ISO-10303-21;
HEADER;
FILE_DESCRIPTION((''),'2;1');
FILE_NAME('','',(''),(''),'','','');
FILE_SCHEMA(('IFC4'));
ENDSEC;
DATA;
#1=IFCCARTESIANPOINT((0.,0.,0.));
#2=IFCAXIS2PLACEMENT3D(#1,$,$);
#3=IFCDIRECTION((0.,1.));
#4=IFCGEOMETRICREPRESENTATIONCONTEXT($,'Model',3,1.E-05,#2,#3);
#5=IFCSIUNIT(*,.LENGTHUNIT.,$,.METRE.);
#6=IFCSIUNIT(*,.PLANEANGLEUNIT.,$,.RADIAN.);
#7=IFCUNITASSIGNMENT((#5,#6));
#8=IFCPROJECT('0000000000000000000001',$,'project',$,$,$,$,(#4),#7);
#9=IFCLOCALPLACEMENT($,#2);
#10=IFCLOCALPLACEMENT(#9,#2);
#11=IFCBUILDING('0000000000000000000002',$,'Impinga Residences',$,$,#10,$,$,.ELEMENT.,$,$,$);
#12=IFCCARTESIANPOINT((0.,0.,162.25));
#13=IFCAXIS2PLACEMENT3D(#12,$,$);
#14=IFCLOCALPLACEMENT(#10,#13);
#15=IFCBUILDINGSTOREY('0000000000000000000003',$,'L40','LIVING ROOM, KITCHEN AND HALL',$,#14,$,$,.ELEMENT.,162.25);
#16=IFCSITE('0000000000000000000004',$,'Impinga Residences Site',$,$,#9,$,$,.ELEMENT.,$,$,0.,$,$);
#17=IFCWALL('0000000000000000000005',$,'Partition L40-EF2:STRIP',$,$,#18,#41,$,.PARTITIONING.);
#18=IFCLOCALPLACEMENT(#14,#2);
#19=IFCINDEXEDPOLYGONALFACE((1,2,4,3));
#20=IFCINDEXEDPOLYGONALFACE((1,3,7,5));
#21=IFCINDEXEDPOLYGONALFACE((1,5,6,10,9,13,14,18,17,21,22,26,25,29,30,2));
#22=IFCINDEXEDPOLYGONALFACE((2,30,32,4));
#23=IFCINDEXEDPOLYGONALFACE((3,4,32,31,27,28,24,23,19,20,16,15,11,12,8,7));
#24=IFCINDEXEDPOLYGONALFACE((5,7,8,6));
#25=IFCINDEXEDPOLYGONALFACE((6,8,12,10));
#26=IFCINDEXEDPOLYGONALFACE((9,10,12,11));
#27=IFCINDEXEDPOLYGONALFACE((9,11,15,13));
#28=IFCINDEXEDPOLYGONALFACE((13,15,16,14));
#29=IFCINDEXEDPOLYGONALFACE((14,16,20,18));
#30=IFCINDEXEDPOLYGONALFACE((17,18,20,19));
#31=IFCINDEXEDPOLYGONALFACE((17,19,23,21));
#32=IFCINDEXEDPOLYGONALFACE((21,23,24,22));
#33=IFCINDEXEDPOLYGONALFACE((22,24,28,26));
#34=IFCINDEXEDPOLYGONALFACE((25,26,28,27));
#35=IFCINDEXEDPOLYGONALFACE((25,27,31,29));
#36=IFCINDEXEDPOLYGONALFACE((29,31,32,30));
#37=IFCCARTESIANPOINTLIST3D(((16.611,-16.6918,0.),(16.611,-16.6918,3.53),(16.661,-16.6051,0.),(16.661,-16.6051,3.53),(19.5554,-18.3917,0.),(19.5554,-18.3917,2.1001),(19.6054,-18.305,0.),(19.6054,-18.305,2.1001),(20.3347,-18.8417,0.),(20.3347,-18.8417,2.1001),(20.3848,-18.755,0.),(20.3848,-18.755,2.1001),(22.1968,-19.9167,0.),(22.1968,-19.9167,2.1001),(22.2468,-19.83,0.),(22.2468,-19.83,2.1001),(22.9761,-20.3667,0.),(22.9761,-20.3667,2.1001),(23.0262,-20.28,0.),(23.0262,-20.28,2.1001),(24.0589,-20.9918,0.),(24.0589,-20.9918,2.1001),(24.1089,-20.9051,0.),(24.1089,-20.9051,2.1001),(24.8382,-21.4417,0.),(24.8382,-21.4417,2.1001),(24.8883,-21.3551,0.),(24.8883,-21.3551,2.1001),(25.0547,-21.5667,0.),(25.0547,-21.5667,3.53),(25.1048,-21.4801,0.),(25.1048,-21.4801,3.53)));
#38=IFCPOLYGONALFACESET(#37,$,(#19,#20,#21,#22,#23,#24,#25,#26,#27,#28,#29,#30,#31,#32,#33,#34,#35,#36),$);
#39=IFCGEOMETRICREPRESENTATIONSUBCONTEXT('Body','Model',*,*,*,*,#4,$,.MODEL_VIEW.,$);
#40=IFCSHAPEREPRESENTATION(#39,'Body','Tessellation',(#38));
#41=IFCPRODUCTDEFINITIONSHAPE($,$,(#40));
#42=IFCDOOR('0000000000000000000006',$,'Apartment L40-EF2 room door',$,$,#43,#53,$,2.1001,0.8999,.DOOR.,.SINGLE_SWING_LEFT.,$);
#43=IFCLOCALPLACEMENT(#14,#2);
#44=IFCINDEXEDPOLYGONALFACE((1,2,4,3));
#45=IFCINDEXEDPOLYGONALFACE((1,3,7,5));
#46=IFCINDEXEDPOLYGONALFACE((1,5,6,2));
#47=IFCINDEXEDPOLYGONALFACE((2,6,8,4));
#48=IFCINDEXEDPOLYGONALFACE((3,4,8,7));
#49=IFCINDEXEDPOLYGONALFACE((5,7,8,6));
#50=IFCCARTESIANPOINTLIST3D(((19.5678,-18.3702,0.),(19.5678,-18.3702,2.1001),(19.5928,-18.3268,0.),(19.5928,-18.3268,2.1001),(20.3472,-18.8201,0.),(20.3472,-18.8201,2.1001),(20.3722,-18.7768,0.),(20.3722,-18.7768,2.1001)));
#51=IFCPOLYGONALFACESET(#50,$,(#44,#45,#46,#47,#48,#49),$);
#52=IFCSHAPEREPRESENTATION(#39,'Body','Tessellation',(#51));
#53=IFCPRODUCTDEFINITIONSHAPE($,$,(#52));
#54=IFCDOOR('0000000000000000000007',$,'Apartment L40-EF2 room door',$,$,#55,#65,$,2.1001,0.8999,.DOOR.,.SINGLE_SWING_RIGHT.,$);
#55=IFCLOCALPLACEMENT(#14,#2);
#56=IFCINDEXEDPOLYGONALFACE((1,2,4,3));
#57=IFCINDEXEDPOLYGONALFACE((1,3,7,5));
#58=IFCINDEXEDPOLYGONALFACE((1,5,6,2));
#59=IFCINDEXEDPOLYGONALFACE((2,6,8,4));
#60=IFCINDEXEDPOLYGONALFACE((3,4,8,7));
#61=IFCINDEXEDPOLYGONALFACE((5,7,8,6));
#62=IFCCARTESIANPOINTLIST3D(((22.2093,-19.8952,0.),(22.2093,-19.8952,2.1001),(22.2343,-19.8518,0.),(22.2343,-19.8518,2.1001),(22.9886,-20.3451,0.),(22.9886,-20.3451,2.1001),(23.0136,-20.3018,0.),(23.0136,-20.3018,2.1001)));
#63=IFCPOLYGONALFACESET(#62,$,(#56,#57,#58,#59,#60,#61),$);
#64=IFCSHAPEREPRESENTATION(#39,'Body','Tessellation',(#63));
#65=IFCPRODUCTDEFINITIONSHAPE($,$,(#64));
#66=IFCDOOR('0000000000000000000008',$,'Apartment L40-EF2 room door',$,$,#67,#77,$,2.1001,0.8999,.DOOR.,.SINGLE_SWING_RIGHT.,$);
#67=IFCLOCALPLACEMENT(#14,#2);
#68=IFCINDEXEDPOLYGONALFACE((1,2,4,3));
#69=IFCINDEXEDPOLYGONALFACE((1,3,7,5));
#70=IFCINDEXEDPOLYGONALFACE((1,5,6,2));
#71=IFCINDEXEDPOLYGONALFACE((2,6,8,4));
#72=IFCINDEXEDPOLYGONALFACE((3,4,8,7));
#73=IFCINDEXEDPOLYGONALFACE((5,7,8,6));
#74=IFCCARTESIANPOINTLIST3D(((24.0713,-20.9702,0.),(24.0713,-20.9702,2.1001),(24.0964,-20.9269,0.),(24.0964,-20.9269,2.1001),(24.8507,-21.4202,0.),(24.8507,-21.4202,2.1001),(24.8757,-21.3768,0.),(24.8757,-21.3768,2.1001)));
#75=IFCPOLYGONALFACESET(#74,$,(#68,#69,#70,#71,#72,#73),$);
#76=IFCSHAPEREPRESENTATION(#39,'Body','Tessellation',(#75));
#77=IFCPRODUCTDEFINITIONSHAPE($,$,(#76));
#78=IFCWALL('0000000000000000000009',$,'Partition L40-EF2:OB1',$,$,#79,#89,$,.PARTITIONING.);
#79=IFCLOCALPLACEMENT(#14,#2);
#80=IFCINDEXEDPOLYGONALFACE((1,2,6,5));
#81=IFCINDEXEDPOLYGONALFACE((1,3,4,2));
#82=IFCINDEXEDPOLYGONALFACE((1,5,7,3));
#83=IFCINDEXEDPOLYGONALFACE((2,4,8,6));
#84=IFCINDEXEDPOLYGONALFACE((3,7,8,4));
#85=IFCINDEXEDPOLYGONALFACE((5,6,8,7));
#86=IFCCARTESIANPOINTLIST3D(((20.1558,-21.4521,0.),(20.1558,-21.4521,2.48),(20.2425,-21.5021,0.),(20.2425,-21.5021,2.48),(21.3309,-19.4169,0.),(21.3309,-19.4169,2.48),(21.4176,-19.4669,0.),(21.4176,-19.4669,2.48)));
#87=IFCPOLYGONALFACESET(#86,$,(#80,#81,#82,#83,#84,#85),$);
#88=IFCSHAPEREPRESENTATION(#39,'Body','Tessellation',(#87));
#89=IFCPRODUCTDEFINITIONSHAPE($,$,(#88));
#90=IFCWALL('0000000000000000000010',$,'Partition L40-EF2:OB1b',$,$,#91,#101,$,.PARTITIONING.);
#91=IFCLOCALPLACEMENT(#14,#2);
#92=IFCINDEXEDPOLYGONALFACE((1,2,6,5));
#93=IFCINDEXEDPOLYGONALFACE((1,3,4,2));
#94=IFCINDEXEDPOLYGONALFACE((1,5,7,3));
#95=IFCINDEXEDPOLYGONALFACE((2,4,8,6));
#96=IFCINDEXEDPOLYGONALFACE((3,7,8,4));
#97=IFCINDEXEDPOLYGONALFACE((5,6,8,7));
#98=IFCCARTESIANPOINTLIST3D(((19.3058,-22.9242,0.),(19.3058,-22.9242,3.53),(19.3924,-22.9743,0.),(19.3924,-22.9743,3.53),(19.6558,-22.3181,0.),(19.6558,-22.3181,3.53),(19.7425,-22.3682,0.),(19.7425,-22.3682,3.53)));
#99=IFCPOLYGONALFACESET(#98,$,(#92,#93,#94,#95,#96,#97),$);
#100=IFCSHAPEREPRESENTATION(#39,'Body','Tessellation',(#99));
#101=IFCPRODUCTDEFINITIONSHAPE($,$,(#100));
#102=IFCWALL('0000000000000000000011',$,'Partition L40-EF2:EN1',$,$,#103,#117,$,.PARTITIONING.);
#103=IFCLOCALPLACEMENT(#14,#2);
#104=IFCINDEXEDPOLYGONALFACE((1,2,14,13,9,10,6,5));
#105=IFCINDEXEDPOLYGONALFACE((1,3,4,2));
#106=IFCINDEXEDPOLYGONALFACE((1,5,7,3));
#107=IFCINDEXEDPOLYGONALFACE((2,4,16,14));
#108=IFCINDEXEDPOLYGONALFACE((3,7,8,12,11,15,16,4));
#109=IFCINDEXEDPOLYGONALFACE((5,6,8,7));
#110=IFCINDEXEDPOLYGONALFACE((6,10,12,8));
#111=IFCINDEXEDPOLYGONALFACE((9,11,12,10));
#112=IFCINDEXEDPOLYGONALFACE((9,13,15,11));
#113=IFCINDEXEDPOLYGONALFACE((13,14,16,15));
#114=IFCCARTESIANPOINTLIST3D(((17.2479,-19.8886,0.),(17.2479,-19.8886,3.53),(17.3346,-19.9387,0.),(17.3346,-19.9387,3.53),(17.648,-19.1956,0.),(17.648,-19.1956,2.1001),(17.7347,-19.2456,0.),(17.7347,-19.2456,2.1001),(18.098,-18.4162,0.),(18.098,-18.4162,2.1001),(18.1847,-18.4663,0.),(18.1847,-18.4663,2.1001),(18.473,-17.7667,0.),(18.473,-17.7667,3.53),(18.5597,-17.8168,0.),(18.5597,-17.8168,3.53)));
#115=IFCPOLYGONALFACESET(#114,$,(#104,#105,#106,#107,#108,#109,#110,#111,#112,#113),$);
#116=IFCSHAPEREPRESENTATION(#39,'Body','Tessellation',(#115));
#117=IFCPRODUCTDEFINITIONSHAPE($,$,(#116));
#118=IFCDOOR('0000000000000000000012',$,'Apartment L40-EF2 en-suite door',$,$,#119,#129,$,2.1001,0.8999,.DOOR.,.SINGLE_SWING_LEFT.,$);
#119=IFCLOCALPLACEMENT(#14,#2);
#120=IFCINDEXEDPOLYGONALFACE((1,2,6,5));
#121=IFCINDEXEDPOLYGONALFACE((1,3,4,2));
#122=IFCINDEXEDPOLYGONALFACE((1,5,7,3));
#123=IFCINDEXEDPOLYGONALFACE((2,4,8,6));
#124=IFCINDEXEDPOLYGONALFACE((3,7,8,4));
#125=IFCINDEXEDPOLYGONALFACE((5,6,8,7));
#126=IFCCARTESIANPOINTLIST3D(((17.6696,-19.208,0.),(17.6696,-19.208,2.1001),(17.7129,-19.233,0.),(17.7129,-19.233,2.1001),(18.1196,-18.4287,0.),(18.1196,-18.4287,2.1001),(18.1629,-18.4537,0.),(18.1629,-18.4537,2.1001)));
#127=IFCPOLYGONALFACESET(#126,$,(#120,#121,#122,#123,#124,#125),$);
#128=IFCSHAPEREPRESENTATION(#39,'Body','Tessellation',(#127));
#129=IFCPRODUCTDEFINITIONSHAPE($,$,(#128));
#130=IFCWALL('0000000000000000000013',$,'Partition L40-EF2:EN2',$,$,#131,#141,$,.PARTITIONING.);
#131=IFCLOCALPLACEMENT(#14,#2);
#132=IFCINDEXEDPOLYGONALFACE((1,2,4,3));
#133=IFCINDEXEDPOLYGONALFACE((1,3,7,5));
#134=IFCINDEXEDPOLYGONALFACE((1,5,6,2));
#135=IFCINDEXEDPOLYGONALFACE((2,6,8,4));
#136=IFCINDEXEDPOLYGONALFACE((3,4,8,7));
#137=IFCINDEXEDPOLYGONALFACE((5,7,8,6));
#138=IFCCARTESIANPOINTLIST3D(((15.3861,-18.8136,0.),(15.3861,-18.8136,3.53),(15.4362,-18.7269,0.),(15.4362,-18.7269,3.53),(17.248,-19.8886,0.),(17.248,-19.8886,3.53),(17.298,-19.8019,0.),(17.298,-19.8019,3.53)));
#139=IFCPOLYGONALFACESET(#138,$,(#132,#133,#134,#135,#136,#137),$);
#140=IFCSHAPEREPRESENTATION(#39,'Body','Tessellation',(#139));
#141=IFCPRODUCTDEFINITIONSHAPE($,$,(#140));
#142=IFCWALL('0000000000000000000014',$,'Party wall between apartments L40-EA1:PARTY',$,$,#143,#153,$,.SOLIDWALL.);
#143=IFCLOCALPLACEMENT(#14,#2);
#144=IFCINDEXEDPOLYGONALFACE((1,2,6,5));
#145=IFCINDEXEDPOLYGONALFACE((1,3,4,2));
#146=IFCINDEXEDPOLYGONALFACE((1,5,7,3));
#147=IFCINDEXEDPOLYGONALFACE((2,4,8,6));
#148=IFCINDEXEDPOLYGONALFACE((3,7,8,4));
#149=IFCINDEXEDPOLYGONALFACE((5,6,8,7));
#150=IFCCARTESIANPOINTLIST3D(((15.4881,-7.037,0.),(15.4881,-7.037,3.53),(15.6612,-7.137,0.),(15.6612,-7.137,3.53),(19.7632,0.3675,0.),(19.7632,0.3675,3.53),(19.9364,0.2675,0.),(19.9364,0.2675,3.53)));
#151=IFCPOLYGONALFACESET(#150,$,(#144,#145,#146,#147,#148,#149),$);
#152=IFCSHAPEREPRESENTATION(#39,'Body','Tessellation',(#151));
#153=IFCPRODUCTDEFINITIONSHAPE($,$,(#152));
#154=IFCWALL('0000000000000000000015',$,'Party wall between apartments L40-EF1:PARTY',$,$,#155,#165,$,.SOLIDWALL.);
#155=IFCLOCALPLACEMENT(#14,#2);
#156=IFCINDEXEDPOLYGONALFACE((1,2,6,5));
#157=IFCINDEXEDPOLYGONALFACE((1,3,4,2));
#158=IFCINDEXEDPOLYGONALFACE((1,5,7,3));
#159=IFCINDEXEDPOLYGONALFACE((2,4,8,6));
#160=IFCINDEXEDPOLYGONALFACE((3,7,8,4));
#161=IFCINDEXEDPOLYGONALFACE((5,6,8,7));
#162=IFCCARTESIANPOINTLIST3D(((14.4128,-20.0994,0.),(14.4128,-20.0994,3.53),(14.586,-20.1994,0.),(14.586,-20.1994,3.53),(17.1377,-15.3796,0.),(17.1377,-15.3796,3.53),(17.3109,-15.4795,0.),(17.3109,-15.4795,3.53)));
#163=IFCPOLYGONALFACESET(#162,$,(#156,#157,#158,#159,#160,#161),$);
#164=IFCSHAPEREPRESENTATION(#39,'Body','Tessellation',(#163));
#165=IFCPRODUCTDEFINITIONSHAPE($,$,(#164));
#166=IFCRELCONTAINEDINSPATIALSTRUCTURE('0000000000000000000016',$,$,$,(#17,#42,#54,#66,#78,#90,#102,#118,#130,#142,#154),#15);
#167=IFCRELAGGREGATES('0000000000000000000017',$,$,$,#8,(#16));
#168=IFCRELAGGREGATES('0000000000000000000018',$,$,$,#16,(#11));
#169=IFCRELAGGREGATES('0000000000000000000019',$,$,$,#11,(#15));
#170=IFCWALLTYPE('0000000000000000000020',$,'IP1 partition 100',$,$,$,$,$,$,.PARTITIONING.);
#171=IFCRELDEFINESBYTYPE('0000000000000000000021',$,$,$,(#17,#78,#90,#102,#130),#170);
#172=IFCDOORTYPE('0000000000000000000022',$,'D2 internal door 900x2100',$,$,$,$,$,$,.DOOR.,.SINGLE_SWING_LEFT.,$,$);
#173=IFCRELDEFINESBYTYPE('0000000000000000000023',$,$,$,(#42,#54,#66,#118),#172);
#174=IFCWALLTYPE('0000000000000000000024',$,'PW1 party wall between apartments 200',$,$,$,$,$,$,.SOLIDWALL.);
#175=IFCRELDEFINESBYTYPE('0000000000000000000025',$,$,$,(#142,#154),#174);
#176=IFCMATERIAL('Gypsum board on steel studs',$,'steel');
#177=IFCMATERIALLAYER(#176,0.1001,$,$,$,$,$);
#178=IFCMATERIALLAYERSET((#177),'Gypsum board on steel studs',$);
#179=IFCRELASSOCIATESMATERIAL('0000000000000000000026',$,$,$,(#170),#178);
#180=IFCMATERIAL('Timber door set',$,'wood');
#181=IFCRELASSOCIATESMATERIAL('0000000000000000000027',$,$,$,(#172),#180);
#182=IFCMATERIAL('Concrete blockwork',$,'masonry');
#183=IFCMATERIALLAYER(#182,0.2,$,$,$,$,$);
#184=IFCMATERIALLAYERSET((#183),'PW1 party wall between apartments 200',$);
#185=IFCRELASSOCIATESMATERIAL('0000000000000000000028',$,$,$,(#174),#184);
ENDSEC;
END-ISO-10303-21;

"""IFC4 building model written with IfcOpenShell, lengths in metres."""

from ifc_helpers import new_model, si_unit, direction, frame, frame_2d, origin, place, context, subcontext, project, spatial, rectangle, extrude, material, layer, layer_set, type_object, element, fill, save


model = new_model("IFC4")

# Units and contexts
model_context = context("Model", 3, precision=1e-05, world=origin(), true_north=direction((0.0, 1.0)))
body_context = subcontext(model_context, "Body", "Model", "MODEL_VIEW")
ifc_project = project(units=[si_unit("LENGTHUNIT", "METRE"), si_unit("PLANEANGLEUNIT", "RADIAN")], contexts=[model_context])

# Site, building, storey
site_placement = place(None, origin())
site = spatial("IfcSite", under=ifc_project, at=site_placement, Name="Impinga Residences Site", CompositionType="ELEMENT", RefElevation=0.0)
building_placement = place(site_placement, origin())
building = spatial("IfcBuilding", under=site, at=building_placement, Name="Impinga Residences", CompositionType="ELEMENT")
storey_placement = place(building_placement, frame((0.0, 0.0, 162.25)))
storey = spatial("IfcBuildingStorey", under=building, at=storey_placement, Name="L40", Description="LIVING ROOM, KITCHEN AND HALL", CompositionType="ELEMENT", Elevation=162.25)

# Shared definitions
ifc_material_1 = material(Name="Gypsum board on steel studs", Category="steel")
ifc_layer_1 = layer(ifc_material_1, 0.1001)
ifc_layer_set_1 = layer_set([ifc_layer_1], Name="Gypsum board on steel studs")
wall_type_1 = type_object("IfcWallType", Name="IP1 partition 100", PredefinedType="PARTITIONING", material=ifc_layer_set_1)
ifc_material_2 = material(Name="Timber door set", Category="wood")
door_type = type_object("IfcDoorType", Name="D2 internal door 900x2100", OperationType="SINGLE_SWING_LEFT", PredefinedType="DOOR", material=ifc_material_2)

# Wall, openings, doors
wall_1_placement = place(storey_placement, frame((16.636, -16.6484, 0.0), z_axis=(0.0, 0.0, 1.0), x_axis=(0.866028, -0.499996, 0.0)))
wall_1 = element("IfcWall", 1, at=wall_1_placement, inside=storey, type_object=wall_type_1, Name="Partition L40-EF2:STRIP", PredefinedType="PARTITIONING", context=body_context, shape_type="SweptSolid", body=[
    extrude(rectangle(XDim=9.75, YDim=0.1001, at=frame_2d((4.875, 0.0))), origin(), (0.0, 0.0, 1.0), 3.53),
])
opening_1_placement = place(wall_1_placement, frame((3.3999, 0.0, 0.0)))
opening_1 = element("IfcOpeningElement", 2, at=opening_1_placement, cuts=wall_1, PredefinedType="OPENING", context=body_context, shape_type="SweptSolid", body=[
    extrude(rectangle(XDim=0.8999, YDim=2.1001, at=frame_2d((0.45, 1.05))), frame((0.0, 0.0601, 0.0), z_axis=(0.0, -1.0, 0.0), x_axis=(1.0, 0.0, 0.0)), (0.0, 0.0, 1.0), 0.1201),
])
opening_2_placement = place(wall_1_placement, frame((6.45, 0.0, 0.0)))
opening_2 = element("IfcOpeningElement", 3, at=opening_2_placement, cuts=wall_1, PredefinedType="OPENING", context=body_context, shape_type="SweptSolid", body=[
    extrude(rectangle(XDim=0.8999, YDim=2.1001, at=frame_2d((0.45, 1.05))), frame((0.0, 0.0601, 0.0), z_axis=(0.0, -1.0, 0.0), x_axis=(1.0, 0.0, 0.0)), (0.0, 0.0, 1.0), 0.1201),
])
opening_3_placement = place(wall_1_placement, frame((8.6001, 0.0, 0.0)))
opening_3 = element("IfcOpeningElement", 4, at=opening_3_placement, cuts=wall_1, PredefinedType="OPENING", context=body_context, shape_type="SweptSolid", body=[
    extrude(rectangle(XDim=0.8999, YDim=2.1001, at=frame_2d((0.45, 1.05))), frame((0.0, 0.0601, 0.0), z_axis=(0.0, -1.0, 0.0), x_axis=(1.0, 0.0, 0.0)), (0.0, 0.0, 1.0), 0.1201),
])
door_1_placement = place(opening_1_placement, origin())
door_1 = element("IfcDoor", 5, at=door_1_placement, inside=storey, type_object=door_type, Name="Apartment L40-EF2 room door", OperationType="SINGLE_SWING_LEFT", OverallHeight=2.1001, OverallWidth=0.8999, PredefinedType="DOOR", context=body_context, shape_type="SweptSolid", body=[
    extrude(rectangle(XDim=0.8999, YDim=2.1001, at=frame_2d((0.45, 1.05))), frame((0.0, 0.0249, 0.0), z_axis=(0.0, -1.0, 0.0), x_axis=(1.0, 0.0, 0.0)), (0.0, 0.0, 1.0), 0.05),
])
fill(opening_1, door_1)
door_2_placement = place(opening_2_placement, origin())
door_2 = element("IfcDoor", 6, at=door_2_placement, inside=storey, type_object=door_type, Name="Apartment L40-EF2 room door", OperationType="SINGLE_SWING_RIGHT", OverallHeight=2.1001, OverallWidth=0.8999, PredefinedType="DOOR", context=body_context, shape_type="SweptSolid", body=[
    extrude(rectangle(XDim=0.8999, YDim=2.1001, at=frame_2d((0.45, 1.05))), frame((0.0, 0.0249, 0.0), z_axis=(0.0, -1.0, 0.0), x_axis=(1.0, 0.0, 0.0)), (0.0, 0.0, 1.0), 0.05),
])
fill(opening_2, door_2)
door_3_placement = place(opening_3_placement, origin())
door_3 = element("IfcDoor", 7, at=door_3_placement, inside=storey, type_object=door_type, Name="Apartment L40-EF2 room door", OperationType="SINGLE_SWING_RIGHT", OverallHeight=2.1001, OverallWidth=0.8999, PredefinedType="DOOR", context=body_context, shape_type="SweptSolid", body=[
    extrude(rectangle(XDim=0.8999, YDim=2.1001, at=frame_2d((0.45, 1.05))), frame((0.0, 0.0249, 0.0), z_axis=(0.0, -1.0, 0.0), x_axis=(1.0, 0.0, 0.0)), (0.0, 0.0, 1.0), 0.05),
])
fill(opening_3, door_3)

# Walls
wall_2_placement = place(storey_placement, frame((21.3743, -19.4419, 0.0), z_axis=(0.0, 0.0, 1.0), x_axis=(-0.500016, -0.866016, 0.0)))
element("IfcWall", 8, at=wall_2_placement, inside=storey, type_object=wall_type_1, Name="Partition L40-EF2:OB1", PredefinedType="PARTITIONING", context=body_context, shape_type="SweptSolid", body=[
    extrude(rectangle(XDim=2.3501, YDim=0.1001, at=frame_2d((1.175, 0.0))), origin(), (0.0, 0.0, 1.0), 2.48),
])
wall_3_placement = place(storey_placement, frame((19.6992, -22.343, 0.0), z_axis=(0.0, 0.0, 1.0), x_axis=(-0.500115, -0.865959, 0.0)))
element("IfcWall", 9, at=wall_3_placement, inside=storey, type_object=wall_type_1, Name="Partition L40-EF2:OB1b", PredefinedType="PARTITIONING", context=body_context, shape_type="SweptSolid", body=[
    extrude(rectangle(XDim=0.7, YDim=0.1001, at=frame_2d((0.3501, 0.0))), origin(), (0.0, 0.0, 1.0), 3.53),
])

# Wall, opening, door
wall_4_placement = place(storey_placement, frame((18.5164, -17.7917, 0.0), z_axis=(0.0, 0.0, 1.0), x_axis=(-0.500019, -0.866015, 0.0)))
wall_4 = element("IfcWall", 10, at=wall_4_placement, inside=storey, type_object=wall_type_1, Name="Partition L40-EF2:EN1", PredefinedType="PARTITIONING", context=body_context, shape_type="SweptSolid", body=[
    extrude(rectangle(XDim=2.4502, YDim=0.1001, at=frame_2d((1.2251, 0.0))), origin(), (0.0, 0.0, 1.0), 3.53),
])
opening_4_placement = place(wall_4_placement, frame((0.75, 0.0, 0.0)))
opening_4 = element("IfcOpeningElement", 11, at=opening_4_placement, cuts=wall_4, PredefinedType="OPENING", context=body_context, shape_type="SweptSolid", body=[
    extrude(rectangle(XDim=0.8999, YDim=2.1001, at=frame_2d((0.45, 1.05))), frame((0.0, 0.0601, 0.0), z_axis=(0.0, -1.0, 0.0), x_axis=(1.0, 0.0, 0.0)), (0.0, 0.0, 1.0), 0.1201),
])
door_4_placement = place(opening_4_placement, origin())
door_4 = element("IfcDoor", 12, at=door_4_placement, inside=storey, type_object=door_type, Name="Apartment L40-EF2 en-suite door", OperationType="SINGLE_SWING_LEFT", OverallHeight=2.1001, OverallWidth=0.8999, PredefinedType="DOOR", context=body_context, shape_type="SweptSolid", body=[
    extrude(rectangle(XDim=0.8999, YDim=2.1001, at=frame_2d((0.45, 1.05))), frame((0.0, 0.0249, 0.0), z_axis=(0.0, -1.0, 0.0), x_axis=(1.0, 0.0, 0.0)), (0.0, 0.0, 1.0), 0.05),
])
fill(opening_4, door_4)

# Walls
wall_5_placement = place(storey_placement, frame((15.4111, -18.7703, 0.0), z_axis=(0.0, 0.0, 1.0), x_axis=(0.866019, -0.500011, 0.0)))
element("IfcWall", 13, at=wall_5_placement, inside=storey, type_object=wall_type_1, Name="Partition L40-EF2:EN2", PredefinedType="PARTITIONING", context=body_context, shape_type="SweptSolid", body=[
    extrude(rectangle(XDim=2.1499, YDim=0.1001, at=frame_2d((1.075, 0.0))), origin(), (0.0, 0.0, 1.0), 3.53),
])
ifc_material_3 = material(Name="Concrete blockwork", Category="masonry")
ifc_layer_2 = layer(ifc_material_3, 0.2)
ifc_layer_set_2 = layer_set([ifc_layer_2], Name="PW1 party wall between apartments 200")
wall_type_2 = type_object("IfcWallType", Name="PW1 party wall between apartments 200", PredefinedType="SOLIDWALL", material=ifc_layer_set_2)
wall_6_placement = place(storey_placement, frame((15.5747, -7.0869, 0.0), z_axis=(0.0, 0.0, 1.0), x_axis=(0.500012, 0.866019, 0.0)))
element("IfcWall", 14, at=wall_6_placement, inside=storey, type_object=wall_type_2, Name="Party wall between apartments L40-EA1:PARTY", PredefinedType="SOLIDWALL", context=body_context, shape_type="SweptSolid", body=[
    extrude(rectangle(XDim=8.55, YDim=0.2, at=frame_2d((4.2749, 0.0))), origin(), (0.0, 0.0, 1.0), 3.53),
])
wall_7_placement = place(storey_placement, frame((17.2244, -15.4294, 0.0), z_axis=(0.0, 0.0, 1.0), x_axis=(-0.499989, -0.866032, 0.0)))
element("IfcWall", 15, at=wall_7_placement, inside=storey, type_object=wall_type_2, Name="Party wall between apartments L40-EF1:PARTY", PredefinedType="SOLIDWALL", context=body_context, shape_type="SweptSolid", body=[
    extrude(rectangle(XDim=5.45, YDim=0.2, at=frame_2d((2.7251, 0.0))), origin(), (0.0, 0.0, 1.0), 3.53),
])

save(model, "model.ifc")
